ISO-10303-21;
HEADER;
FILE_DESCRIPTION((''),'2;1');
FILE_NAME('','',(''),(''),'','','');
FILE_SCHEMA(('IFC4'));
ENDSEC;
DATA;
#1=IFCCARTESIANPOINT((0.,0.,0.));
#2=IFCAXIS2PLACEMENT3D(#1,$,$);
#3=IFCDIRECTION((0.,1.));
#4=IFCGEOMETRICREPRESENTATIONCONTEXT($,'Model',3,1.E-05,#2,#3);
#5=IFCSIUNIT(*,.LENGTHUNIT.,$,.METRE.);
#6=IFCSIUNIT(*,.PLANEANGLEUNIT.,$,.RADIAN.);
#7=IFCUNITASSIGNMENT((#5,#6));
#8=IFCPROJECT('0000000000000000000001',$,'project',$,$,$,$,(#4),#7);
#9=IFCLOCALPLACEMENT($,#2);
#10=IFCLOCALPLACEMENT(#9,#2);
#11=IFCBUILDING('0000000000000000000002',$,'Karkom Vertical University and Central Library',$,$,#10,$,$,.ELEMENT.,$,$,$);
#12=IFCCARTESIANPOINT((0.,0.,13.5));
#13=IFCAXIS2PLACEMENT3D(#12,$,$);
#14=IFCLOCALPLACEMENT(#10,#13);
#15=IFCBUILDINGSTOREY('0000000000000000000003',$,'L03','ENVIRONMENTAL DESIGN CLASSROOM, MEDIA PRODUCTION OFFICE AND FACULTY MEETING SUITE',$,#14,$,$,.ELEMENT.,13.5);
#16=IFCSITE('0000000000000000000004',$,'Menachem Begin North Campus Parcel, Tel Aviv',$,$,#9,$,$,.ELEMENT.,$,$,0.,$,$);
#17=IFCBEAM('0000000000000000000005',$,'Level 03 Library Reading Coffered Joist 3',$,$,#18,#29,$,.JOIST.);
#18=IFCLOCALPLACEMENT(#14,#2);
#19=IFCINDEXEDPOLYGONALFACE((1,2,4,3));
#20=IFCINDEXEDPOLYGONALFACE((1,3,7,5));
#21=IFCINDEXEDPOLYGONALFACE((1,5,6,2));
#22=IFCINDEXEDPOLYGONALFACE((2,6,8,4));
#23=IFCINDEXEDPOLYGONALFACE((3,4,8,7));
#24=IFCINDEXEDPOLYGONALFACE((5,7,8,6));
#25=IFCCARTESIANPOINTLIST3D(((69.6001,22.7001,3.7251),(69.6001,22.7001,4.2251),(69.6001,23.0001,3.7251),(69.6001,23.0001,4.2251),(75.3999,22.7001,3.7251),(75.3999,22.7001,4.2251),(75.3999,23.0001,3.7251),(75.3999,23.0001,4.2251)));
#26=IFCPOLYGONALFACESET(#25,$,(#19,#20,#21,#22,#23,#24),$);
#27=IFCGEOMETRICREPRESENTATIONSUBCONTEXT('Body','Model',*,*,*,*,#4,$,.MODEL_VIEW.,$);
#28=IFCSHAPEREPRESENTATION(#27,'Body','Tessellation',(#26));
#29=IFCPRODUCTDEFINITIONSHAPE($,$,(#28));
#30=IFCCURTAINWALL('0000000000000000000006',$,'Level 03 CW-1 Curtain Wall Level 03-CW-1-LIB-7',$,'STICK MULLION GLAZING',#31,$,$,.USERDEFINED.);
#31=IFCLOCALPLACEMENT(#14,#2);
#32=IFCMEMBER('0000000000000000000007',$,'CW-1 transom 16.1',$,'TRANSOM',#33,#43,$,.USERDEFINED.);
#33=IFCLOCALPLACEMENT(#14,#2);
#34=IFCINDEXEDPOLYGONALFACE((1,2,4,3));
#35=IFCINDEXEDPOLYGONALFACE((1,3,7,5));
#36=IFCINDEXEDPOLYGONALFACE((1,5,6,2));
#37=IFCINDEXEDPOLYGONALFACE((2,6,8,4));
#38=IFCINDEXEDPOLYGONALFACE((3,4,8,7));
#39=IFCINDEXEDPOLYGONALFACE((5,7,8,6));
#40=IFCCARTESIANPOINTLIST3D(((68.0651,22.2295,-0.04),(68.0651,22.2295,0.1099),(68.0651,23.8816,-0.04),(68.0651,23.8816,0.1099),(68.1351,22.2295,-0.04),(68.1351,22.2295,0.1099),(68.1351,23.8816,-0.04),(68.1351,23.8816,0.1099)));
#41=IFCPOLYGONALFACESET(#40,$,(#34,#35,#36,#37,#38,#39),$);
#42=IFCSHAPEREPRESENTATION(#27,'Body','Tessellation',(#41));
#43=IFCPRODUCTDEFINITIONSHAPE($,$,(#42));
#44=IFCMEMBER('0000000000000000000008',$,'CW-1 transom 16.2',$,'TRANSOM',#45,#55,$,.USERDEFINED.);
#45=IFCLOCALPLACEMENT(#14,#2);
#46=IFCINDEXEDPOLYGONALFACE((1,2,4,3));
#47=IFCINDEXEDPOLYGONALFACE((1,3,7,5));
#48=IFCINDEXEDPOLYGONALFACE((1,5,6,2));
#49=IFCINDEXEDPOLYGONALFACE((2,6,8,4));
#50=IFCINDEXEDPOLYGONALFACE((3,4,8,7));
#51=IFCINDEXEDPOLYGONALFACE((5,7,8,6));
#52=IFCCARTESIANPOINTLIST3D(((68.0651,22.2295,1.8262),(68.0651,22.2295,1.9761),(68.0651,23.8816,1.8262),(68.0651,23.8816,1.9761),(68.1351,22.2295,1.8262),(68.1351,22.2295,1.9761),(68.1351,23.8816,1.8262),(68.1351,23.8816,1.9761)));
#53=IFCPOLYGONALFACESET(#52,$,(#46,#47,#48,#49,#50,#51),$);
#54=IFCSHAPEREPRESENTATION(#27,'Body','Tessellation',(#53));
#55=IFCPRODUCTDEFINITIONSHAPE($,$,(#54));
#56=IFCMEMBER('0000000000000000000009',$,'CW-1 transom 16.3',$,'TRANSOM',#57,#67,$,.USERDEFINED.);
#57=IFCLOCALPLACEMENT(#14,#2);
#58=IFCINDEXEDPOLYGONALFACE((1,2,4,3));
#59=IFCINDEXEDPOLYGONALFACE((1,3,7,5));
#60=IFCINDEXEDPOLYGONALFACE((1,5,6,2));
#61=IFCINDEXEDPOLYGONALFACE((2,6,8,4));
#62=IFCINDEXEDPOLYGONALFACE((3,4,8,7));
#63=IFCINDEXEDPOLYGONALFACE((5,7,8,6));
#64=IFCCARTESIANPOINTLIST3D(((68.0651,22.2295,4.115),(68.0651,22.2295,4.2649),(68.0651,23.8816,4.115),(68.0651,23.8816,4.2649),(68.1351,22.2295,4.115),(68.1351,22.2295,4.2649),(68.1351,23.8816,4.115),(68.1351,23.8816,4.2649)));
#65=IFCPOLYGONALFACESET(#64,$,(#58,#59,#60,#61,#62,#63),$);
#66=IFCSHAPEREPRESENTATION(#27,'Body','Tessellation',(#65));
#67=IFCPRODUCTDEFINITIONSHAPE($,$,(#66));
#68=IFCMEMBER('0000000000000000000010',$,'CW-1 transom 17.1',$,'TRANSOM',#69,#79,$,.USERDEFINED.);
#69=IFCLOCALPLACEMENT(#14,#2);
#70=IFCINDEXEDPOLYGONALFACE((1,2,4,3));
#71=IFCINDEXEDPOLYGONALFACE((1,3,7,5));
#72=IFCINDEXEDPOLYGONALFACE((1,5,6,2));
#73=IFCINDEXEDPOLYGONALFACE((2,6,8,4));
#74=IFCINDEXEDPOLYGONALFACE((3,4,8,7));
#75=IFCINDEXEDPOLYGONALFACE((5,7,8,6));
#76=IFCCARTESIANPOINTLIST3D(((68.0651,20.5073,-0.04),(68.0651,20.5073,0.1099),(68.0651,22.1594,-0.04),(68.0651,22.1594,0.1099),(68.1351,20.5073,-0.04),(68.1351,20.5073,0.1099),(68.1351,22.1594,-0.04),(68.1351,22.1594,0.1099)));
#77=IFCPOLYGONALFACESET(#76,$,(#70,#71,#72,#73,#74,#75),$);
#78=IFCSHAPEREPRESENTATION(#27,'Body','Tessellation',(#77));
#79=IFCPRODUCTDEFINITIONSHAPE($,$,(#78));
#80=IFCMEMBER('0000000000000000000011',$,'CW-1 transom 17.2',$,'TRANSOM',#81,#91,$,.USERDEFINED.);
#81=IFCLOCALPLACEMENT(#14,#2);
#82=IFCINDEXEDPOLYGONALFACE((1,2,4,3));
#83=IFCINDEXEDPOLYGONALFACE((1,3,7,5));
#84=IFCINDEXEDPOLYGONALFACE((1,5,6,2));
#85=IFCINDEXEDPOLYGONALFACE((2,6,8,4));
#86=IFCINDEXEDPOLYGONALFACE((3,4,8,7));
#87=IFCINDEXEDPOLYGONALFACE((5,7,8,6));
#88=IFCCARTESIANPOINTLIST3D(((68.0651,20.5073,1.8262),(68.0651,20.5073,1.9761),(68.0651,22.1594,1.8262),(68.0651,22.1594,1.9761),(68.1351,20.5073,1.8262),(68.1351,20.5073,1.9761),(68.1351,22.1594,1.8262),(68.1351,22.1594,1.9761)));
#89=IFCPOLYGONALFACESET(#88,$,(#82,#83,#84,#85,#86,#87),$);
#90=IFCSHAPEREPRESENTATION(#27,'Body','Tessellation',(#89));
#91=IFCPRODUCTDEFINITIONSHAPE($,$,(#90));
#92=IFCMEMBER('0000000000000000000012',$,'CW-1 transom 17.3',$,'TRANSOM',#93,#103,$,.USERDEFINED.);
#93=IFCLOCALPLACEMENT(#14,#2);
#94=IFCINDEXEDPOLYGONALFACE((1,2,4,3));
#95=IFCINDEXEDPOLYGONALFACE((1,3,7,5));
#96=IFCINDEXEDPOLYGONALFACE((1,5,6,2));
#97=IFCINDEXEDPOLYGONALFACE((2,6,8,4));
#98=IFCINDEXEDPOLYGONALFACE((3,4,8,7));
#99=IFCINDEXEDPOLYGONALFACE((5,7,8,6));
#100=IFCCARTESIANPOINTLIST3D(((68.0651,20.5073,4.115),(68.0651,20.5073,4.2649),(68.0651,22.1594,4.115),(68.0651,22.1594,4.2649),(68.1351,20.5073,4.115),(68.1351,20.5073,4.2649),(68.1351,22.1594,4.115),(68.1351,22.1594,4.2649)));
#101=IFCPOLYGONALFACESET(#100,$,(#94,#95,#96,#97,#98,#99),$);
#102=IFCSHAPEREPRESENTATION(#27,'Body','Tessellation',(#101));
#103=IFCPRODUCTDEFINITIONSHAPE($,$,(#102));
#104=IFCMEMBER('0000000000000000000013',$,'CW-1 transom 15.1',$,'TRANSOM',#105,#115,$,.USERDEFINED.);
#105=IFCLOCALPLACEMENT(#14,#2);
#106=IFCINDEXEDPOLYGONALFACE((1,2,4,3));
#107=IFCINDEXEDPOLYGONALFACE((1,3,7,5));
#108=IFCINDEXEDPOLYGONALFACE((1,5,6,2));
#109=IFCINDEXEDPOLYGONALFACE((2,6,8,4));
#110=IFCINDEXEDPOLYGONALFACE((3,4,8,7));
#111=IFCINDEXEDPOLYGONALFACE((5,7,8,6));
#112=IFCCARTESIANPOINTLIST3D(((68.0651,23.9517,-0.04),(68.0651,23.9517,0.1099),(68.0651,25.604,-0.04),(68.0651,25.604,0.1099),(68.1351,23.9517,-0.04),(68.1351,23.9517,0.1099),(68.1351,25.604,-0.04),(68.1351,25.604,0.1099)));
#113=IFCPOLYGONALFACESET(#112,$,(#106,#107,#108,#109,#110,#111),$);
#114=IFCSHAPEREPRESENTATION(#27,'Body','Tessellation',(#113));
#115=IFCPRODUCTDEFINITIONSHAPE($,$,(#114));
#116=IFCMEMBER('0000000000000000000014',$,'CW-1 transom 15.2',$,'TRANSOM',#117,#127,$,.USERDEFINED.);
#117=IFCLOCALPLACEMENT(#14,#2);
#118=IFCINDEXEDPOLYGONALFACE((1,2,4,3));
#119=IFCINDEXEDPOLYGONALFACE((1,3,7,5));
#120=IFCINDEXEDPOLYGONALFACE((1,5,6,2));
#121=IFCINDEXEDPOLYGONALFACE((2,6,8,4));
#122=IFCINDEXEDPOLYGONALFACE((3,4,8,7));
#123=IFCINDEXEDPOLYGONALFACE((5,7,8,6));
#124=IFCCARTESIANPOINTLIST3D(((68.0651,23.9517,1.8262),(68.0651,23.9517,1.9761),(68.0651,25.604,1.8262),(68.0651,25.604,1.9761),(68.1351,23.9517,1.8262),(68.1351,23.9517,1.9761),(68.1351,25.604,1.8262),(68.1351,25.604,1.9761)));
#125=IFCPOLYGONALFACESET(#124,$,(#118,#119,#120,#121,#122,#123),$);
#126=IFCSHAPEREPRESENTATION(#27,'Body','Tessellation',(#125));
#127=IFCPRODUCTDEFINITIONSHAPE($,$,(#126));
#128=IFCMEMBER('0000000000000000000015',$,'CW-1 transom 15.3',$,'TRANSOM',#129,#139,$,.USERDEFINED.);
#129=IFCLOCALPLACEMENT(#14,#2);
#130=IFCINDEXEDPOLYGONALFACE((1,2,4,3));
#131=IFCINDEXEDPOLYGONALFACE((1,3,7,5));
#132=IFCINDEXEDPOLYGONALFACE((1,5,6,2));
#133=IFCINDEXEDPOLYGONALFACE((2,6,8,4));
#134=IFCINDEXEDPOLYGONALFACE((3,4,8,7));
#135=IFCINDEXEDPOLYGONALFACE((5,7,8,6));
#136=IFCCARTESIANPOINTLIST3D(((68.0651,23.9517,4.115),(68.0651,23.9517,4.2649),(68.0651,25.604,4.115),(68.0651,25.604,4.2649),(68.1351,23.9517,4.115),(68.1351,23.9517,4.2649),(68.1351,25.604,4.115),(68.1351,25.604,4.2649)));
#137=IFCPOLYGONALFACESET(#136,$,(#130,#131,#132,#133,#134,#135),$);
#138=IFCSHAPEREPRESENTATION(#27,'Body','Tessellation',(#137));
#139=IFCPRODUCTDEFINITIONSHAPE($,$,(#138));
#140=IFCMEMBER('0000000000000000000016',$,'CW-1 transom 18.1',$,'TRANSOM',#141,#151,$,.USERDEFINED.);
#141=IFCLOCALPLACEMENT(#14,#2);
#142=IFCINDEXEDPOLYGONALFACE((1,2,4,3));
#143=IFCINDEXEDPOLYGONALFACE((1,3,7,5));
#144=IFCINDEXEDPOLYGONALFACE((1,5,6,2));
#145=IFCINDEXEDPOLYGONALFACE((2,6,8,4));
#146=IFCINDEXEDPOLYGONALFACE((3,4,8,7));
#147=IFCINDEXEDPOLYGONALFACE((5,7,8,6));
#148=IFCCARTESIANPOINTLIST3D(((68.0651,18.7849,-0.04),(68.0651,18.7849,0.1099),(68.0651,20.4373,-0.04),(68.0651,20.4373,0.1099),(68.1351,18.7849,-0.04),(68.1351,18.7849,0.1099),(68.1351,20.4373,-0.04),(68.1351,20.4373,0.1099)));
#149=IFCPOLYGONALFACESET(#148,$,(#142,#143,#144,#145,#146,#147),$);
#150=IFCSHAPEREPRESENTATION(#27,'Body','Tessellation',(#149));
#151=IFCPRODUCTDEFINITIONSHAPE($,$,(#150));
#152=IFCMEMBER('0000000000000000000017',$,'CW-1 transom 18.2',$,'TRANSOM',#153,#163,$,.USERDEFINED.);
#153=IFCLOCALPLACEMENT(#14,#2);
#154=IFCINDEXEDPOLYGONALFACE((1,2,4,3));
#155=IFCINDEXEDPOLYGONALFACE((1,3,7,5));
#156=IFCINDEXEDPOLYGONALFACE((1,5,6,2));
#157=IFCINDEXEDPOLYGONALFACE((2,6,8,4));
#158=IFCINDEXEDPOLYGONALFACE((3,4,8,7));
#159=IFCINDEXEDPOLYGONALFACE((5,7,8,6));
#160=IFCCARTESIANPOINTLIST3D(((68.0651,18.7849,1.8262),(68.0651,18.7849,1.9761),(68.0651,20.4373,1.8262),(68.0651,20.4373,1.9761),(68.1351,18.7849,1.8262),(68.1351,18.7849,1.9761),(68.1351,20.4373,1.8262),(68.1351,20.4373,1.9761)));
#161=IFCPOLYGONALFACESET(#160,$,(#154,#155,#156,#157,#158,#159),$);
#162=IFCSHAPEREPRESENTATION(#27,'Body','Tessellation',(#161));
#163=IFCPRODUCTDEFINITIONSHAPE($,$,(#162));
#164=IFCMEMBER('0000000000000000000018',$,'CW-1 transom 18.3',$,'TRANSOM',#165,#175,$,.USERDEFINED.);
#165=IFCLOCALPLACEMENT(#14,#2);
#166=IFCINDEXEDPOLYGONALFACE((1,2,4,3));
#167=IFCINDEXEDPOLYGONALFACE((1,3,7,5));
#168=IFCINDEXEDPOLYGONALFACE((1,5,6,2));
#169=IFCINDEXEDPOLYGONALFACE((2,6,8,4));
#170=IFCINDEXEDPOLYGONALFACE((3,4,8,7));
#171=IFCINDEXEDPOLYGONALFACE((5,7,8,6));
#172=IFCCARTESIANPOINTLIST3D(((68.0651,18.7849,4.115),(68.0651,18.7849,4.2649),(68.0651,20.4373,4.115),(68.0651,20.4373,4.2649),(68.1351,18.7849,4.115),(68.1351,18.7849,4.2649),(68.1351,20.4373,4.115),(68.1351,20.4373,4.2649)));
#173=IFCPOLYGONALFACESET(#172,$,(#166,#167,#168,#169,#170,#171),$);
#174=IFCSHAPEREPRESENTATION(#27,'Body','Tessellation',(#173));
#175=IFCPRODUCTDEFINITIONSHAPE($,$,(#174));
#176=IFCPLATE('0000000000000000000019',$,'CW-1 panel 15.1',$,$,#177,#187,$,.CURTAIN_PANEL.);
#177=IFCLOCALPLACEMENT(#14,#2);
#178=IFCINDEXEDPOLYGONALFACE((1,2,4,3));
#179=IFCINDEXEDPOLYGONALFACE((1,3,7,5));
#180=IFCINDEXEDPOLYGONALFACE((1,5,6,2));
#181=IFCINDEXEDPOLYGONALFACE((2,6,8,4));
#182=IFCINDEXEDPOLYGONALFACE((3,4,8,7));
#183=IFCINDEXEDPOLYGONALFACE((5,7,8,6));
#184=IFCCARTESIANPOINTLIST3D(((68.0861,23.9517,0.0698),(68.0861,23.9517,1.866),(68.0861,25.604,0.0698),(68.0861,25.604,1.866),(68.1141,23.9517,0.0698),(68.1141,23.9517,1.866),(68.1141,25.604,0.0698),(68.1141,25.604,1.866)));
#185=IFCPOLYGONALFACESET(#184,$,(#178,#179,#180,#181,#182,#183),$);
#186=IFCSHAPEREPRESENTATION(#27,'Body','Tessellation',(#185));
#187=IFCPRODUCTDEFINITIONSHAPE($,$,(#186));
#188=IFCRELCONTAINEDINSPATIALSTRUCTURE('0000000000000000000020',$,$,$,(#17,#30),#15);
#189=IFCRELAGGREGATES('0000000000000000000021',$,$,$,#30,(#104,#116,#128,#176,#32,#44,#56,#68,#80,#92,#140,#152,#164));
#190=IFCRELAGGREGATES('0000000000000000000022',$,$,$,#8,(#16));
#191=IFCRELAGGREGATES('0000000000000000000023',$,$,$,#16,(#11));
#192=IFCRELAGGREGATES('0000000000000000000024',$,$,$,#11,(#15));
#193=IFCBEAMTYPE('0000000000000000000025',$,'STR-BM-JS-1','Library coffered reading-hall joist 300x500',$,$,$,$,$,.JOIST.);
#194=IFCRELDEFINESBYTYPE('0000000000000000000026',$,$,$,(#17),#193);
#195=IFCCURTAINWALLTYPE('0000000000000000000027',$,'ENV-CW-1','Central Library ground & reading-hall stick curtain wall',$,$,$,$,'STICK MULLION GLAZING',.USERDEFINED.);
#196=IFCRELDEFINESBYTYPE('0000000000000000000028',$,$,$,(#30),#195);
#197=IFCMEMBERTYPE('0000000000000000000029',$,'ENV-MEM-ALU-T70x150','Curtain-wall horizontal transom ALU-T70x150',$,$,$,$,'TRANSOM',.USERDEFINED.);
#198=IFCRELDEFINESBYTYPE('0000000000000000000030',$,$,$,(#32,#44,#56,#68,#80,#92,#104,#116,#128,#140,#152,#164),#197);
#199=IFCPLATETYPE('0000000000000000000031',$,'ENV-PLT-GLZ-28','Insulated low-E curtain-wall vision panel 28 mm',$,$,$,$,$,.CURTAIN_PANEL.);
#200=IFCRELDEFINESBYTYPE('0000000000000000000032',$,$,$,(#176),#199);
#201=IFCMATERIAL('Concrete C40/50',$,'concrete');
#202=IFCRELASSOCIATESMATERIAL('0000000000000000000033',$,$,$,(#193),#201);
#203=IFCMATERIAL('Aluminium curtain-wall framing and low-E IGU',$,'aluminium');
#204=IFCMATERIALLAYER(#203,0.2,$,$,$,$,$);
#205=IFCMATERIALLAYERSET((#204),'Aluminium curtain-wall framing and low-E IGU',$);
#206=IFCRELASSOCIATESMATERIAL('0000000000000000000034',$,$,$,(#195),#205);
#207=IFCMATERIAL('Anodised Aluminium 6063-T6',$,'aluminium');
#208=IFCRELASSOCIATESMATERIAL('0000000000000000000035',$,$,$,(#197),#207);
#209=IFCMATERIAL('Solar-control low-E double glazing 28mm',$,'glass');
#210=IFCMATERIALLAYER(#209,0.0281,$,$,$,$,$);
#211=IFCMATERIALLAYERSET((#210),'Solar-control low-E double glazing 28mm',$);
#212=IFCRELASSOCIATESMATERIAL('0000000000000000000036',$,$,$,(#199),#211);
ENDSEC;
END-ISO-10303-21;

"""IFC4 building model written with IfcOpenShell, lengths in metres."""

from ifc_helpers import new_model, si_unit, direction, frame, origin, origin_with_axes, origin_2d, place, context, subcontext, project, spatial, rectangle, extrude, source, transform, mapped, material, layer, layer_set, material_profile, profile_set, type_object, element, aggregate, save


model = new_model("IFC4")

# Units and contexts
model_context = context("Model", 3, precision=1e-05, world=origin(), true_north=direction((0.0, 1.0)))
body_context = subcontext(model_context, "Body", "Model", "MODEL_VIEW")
ifc_project = project(units=[si_unit("LENGTHUNIT", "METRE"), si_unit("PLANEANGLEUNIT", "RADIAN")], contexts=[model_context])

# Site, building, storey
site_placement = place(None, origin())
site = spatial("IfcSite", under=ifc_project, at=site_placement, Name="Menachem Begin North Campus Parcel, Tel Aviv", CompositionType="ELEMENT", RefElevation=0.0)
building_placement = place(site_placement, origin())
building = spatial("IfcBuilding", under=site, at=building_placement, Name="Karkom Vertical University and Central Library", CompositionType="ELEMENT")
storey_placement = place(building_placement, frame((0.0, 0.0, 13.5)))
storey = spatial("IfcBuildingStorey", under=building, at=storey_placement, Name="L03", Description="ENVIRONMENTAL DESIGN CLASSROOM, MEDIA PRODUCTION OFFICE AND FACULTY MEETING SUITE", CompositionType="ELEMENT", Elevation=13.5)

# Beam
ifc_material_1 = material(Name="Concrete C40/50", Category="concrete")
ifc_material_profile_1 = material_profile(ifc_material_1, rectangle(XDim=0.3, YDim=0.5, at=origin_2d()), Name="RCJ-300x500")
ifc_profile_set_1 = profile_set([ifc_material_profile_1], Name="Concrete C40/50")
beam_type = type_object("IfcBeamType", Name="STR-BM-JS-1", Description="Library coffered reading-hall joist 300x500", PredefinedType="JOIST", material=ifc_profile_set_1)
shared_shape_1 = source(origin_with_axes(), body_context, "Body", "SweptSolid", [
    extrude(rectangle(XDim=0.3, YDim=0.5, at=origin_2d()), origin(), (0.0, 0.0, 1.0), 5.7998),
])
beam_placement = place(storey_placement, frame((69.6001, 22.8501, 3.9751), z_axis=(1.0, 0.0, 0.0), x_axis=(0.0, 1.0, 0.0)))
element("IfcBeam", 1, at=beam_placement, inside=storey, type_object=beam_type, Name="Level 03 Library Reading Coffered Joist 3", PredefinedType="JOIST", context=body_context, shape_type="MappedRepresentation", body=[
    mapped(shared_shape_1, transform((0.0, 0.0, 0.0), scale=1.0)),
])

# Curtain wall, members, plate
ifc_material_2 = material(Name="Aluminium curtain-wall framing and low-E IGU", Category="aluminium")
ifc_layer_1 = layer(ifc_material_2, 0.2)
ifc_layer_set_1 = layer_set([ifc_layer_1], Name="Aluminium curtain-wall framing and low-E IGU")
curtain_wall_type = type_object("IfcCurtainWallType", Name="ENV-CW-1", Description="Central Library ground & reading-hall stick curtain wall", ElementType="STICK MULLION GLAZING", PredefinedType="USERDEFINED", material=ifc_layer_set_1)
curtain_wall_placement = place(storey_placement, origin())
curtain_wall = element("IfcCurtainWall", 2, at=curtain_wall_placement, inside=storey, type_object=curtain_wall_type, Name="Level 03 CW-1 Curtain Wall Level 03-CW-1-LIB-7", ObjectType="STICK MULLION GLAZING", PredefinedType="USERDEFINED")
ifc_material_3 = material(Name="Anodised Aluminium 6063-T6", Category="aluminium")
ifc_material_profile_2 = material_profile(ifc_material_3, rectangle(XDim=0.0701, YDim=0.1499, at=origin_2d()), Name="ALU-T70x150")
ifc_profile_set_2 = profile_set([ifc_material_profile_2], Name="Anodised Aluminium 6063-T6")
member_type = type_object("IfcMemberType", Name="ENV-MEM-ALU-T70x150", Description="Curtain-wall horizontal transom ALU-T70x150", ElementType="TRANSOM", PredefinedType="USERDEFINED", material=ifc_profile_set_2)
shared_shape_2 = source(origin_with_axes(), body_context, "Body", "SweptSolid", [
    extrude(rectangle(XDim=0.0701, YDim=0.1499, at=origin_2d()), origin(), (0.0, 0.0, 1.0), 1.6521),
])
member_1_placement = place(storey_placement, frame((68.1001, 23.8816, 0.0349), z_axis=(0.0, -1.0, 0.0), x_axis=(1.0, 0.0, 0.0)))
member_1 = element("IfcMember", 3, at=member_1_placement, type_object=member_type, Name="CW-1 transom 16.1", ObjectType="TRANSOM", PredefinedType="USERDEFINED", context=body_context, shape_type="MappedRepresentation", body=[
    mapped(shared_shape_2, transform((0.0, 0.0, 0.0), scale=1.0)),
])
member_2_placement = place(storey_placement, frame((68.1001, 23.8816, 1.9011), z_axis=(0.0, -1.0, 0.0), x_axis=(1.0, 0.0, 0.0)))
member_2 = element("IfcMember", 4, at=member_2_placement, type_object=member_type, Name="CW-1 transom 16.2", ObjectType="TRANSOM", PredefinedType="USERDEFINED", context=body_context, shape_type="MappedRepresentation", body=[
    mapped(shared_shape_2, transform((0.0, 0.0, 0.0), scale=1.0)),
])
member_3_placement = place(storey_placement, frame((68.1001, 23.8816, 4.1899), z_axis=(0.0, -1.0, 0.0), x_axis=(1.0, 0.0, 0.0)))
member_3 = element("IfcMember", 5, at=member_3_placement, type_object=member_type, Name="CW-1 transom 16.3", ObjectType="TRANSOM", PredefinedType="USERDEFINED", context=body_context, shape_type="MappedRepresentation", body=[
    mapped(shared_shape_2, transform((0.0, 0.0, 0.0), scale=1.0)),
])
member_4_placement = place(storey_placement, frame((68.1001, 22.1594, 0.0349), z_axis=(0.0, -1.0, 0.0), x_axis=(1.0, 0.0, 0.0)))
member_4 = element("IfcMember", 6, at=member_4_placement, type_object=member_type, Name="CW-1 transom 17.1", ObjectType="TRANSOM", PredefinedType="USERDEFINED", context=body_context, shape_type="MappedRepresentation", body=[
    mapped(shared_shape_2, transform((0.0, 0.0, 0.0), scale=1.0)),
])
member_5_placement = place(storey_placement, frame((68.1001, 22.1594, 1.9011), z_axis=(0.0, -1.0, 0.0), x_axis=(1.0, 0.0, 0.0)))
member_5 = element("IfcMember", 7, at=member_5_placement, type_object=member_type, Name="CW-1 transom 17.2", ObjectType="TRANSOM", PredefinedType="USERDEFINED", context=body_context, shape_type="MappedRepresentation", body=[
    mapped(shared_shape_2, transform((0.0, 0.0, 0.0), scale=1.0)),
])
member_6_placement = place(storey_placement, frame((68.1001, 22.1594, 4.1899), z_axis=(0.0, -1.0, 0.0), x_axis=(1.0, 0.0, 0.0)))
member_6 = element("IfcMember", 8, at=member_6_placement, type_object=member_type, Name="CW-1 transom 17.3", ObjectType="TRANSOM", PredefinedType="USERDEFINED", context=body_context, shape_type="MappedRepresentation", body=[
    mapped(shared_shape_2, transform((0.0, 0.0, 0.0), scale=1.0)),
])
shared_shape_3 = source(origin_with_axes(), body_context, "Body", "SweptSolid", [
    extrude(rectangle(XDim=0.0701, YDim=0.1499, at=origin_2d()), origin(), (0.0, 0.0, 1.0), 1.6523),
])
member_7_placement = place(storey_placement, frame((68.1001, 25.604, 0.0349), z_axis=(0.0, -1.0, 0.0), x_axis=(1.0, 0.0, 0.0)))
member_7 = element("IfcMember", 9, at=member_7_placement, type_object=member_type, Name="CW-1 transom 15.1", ObjectType="TRANSOM", PredefinedType="USERDEFINED", context=body_context, shape_type="MappedRepresentation", body=[
    mapped(shared_shape_3, transform((0.0, 0.0, 0.0), scale=1.0)),
])
member_8_placement = place(storey_placement, frame((68.1001, 25.604, 1.9011), z_axis=(0.0, -1.0, 0.0), x_axis=(1.0, 0.0, 0.0)))
member_8 = element("IfcMember", 10, at=member_8_placement, type_object=member_type, Name="CW-1 transom 15.2", ObjectType="TRANSOM", PredefinedType="USERDEFINED", context=body_context, shape_type="MappedRepresentation", body=[
    mapped(shared_shape_3, transform((0.0, 0.0, 0.0), scale=1.0)),
])
member_9_placement = place(storey_placement, frame((68.1001, 25.604, 4.1899), z_axis=(0.0, -1.0, 0.0), x_axis=(1.0, 0.0, 0.0)))
member_9 = element("IfcMember", 11, at=member_9_placement, type_object=member_type, Name="CW-1 transom 15.3", ObjectType="TRANSOM", PredefinedType="USERDEFINED", context=body_context, shape_type="MappedRepresentation", body=[
    mapped(shared_shape_3, transform((0.0, 0.0, 0.0), scale=1.0)),
])
member_10_placement = place(storey_placement, frame((68.1001, 20.4373, 0.0349), z_axis=(0.0, -1.0, 0.0), x_axis=(1.0, 0.0, 0.0)))
member_10 = element("IfcMember", 12, at=member_10_placement, type_object=member_type, Name="CW-1 transom 18.1", ObjectType="TRANSOM", PredefinedType="USERDEFINED", context=body_context, shape_type="MappedRepresentation", body=[
    mapped(shared_shape_3, transform((0.0, 0.0, 0.0), scale=1.0)),
])
member_11_placement = place(storey_placement, frame((68.1001, 20.4373, 1.9011), z_axis=(0.0, -1.0, 0.0), x_axis=(1.0, 0.0, 0.0)))
member_11 = element("IfcMember", 13, at=member_11_placement, type_object=member_type, Name="CW-1 transom 18.2", ObjectType="TRANSOM", PredefinedType="USERDEFINED", context=body_context, shape_type="MappedRepresentation", body=[
    mapped(shared_shape_3, transform((0.0, 0.0, 0.0), scale=1.0)),
])
member_12_placement = place(storey_placement, frame((68.1001, 20.4373, 4.1899), z_axis=(0.0, -1.0, 0.0), x_axis=(1.0, 0.0, 0.0)))
member_12 = element("IfcMember", 14, at=member_12_placement, type_object=member_type, Name="CW-1 transom 18.3", ObjectType="TRANSOM", PredefinedType="USERDEFINED", context=body_context, shape_type="MappedRepresentation", body=[
    mapped(shared_shape_3, transform((0.0, 0.0, 0.0), scale=1.0)),
])
ifc_material_4 = material(Name="Solar-control low-E double glazing 28mm", Category="glass")
ifc_layer_2 = layer(ifc_material_4, 0.0281)
ifc_layer_set_2 = layer_set([ifc_layer_2], Name="Solar-control low-E double glazing 28mm")
plate_type = type_object("IfcPlateType", Name="ENV-PLT-GLZ-28", Description="Insulated low-E curtain-wall vision panel 28 mm", PredefinedType="CURTAIN_PANEL", material=ifc_layer_set_2)
shared_shape_4 = source(origin_with_axes(), body_context, "Body", "SweptSolid", [
    extrude(rectangle(XDim=1.6523, YDim=0.0281, at=origin_2d()), origin(), (0.0, 0.0, 1.0), 1.7961),
])
plate_1_placement = place(storey_placement, frame((68.1001, 24.7778, 0.0698), z_axis=(0.0, 0.0, 1.0), x_axis=(0.0, -1.0, 0.0)))
plate_1 = element("IfcPlate", 15, at=plate_1_placement, type_object=plate_type, Name="CW-1 panel 15.1", PredefinedType="CURTAIN_PANEL", context=body_context, shape_type="MappedRepresentation", body=[
    mapped(shared_shape_4, transform((0.0, 0.0, 0.0), scale=1.0)),
])
aggregate(curtain_wall, [member_7, member_8, member_9, plate_1, member_1, member_2, member_3, member_4, member_5, member_6, member_10, member_11, member_12])

save(model, "model.ifc")
